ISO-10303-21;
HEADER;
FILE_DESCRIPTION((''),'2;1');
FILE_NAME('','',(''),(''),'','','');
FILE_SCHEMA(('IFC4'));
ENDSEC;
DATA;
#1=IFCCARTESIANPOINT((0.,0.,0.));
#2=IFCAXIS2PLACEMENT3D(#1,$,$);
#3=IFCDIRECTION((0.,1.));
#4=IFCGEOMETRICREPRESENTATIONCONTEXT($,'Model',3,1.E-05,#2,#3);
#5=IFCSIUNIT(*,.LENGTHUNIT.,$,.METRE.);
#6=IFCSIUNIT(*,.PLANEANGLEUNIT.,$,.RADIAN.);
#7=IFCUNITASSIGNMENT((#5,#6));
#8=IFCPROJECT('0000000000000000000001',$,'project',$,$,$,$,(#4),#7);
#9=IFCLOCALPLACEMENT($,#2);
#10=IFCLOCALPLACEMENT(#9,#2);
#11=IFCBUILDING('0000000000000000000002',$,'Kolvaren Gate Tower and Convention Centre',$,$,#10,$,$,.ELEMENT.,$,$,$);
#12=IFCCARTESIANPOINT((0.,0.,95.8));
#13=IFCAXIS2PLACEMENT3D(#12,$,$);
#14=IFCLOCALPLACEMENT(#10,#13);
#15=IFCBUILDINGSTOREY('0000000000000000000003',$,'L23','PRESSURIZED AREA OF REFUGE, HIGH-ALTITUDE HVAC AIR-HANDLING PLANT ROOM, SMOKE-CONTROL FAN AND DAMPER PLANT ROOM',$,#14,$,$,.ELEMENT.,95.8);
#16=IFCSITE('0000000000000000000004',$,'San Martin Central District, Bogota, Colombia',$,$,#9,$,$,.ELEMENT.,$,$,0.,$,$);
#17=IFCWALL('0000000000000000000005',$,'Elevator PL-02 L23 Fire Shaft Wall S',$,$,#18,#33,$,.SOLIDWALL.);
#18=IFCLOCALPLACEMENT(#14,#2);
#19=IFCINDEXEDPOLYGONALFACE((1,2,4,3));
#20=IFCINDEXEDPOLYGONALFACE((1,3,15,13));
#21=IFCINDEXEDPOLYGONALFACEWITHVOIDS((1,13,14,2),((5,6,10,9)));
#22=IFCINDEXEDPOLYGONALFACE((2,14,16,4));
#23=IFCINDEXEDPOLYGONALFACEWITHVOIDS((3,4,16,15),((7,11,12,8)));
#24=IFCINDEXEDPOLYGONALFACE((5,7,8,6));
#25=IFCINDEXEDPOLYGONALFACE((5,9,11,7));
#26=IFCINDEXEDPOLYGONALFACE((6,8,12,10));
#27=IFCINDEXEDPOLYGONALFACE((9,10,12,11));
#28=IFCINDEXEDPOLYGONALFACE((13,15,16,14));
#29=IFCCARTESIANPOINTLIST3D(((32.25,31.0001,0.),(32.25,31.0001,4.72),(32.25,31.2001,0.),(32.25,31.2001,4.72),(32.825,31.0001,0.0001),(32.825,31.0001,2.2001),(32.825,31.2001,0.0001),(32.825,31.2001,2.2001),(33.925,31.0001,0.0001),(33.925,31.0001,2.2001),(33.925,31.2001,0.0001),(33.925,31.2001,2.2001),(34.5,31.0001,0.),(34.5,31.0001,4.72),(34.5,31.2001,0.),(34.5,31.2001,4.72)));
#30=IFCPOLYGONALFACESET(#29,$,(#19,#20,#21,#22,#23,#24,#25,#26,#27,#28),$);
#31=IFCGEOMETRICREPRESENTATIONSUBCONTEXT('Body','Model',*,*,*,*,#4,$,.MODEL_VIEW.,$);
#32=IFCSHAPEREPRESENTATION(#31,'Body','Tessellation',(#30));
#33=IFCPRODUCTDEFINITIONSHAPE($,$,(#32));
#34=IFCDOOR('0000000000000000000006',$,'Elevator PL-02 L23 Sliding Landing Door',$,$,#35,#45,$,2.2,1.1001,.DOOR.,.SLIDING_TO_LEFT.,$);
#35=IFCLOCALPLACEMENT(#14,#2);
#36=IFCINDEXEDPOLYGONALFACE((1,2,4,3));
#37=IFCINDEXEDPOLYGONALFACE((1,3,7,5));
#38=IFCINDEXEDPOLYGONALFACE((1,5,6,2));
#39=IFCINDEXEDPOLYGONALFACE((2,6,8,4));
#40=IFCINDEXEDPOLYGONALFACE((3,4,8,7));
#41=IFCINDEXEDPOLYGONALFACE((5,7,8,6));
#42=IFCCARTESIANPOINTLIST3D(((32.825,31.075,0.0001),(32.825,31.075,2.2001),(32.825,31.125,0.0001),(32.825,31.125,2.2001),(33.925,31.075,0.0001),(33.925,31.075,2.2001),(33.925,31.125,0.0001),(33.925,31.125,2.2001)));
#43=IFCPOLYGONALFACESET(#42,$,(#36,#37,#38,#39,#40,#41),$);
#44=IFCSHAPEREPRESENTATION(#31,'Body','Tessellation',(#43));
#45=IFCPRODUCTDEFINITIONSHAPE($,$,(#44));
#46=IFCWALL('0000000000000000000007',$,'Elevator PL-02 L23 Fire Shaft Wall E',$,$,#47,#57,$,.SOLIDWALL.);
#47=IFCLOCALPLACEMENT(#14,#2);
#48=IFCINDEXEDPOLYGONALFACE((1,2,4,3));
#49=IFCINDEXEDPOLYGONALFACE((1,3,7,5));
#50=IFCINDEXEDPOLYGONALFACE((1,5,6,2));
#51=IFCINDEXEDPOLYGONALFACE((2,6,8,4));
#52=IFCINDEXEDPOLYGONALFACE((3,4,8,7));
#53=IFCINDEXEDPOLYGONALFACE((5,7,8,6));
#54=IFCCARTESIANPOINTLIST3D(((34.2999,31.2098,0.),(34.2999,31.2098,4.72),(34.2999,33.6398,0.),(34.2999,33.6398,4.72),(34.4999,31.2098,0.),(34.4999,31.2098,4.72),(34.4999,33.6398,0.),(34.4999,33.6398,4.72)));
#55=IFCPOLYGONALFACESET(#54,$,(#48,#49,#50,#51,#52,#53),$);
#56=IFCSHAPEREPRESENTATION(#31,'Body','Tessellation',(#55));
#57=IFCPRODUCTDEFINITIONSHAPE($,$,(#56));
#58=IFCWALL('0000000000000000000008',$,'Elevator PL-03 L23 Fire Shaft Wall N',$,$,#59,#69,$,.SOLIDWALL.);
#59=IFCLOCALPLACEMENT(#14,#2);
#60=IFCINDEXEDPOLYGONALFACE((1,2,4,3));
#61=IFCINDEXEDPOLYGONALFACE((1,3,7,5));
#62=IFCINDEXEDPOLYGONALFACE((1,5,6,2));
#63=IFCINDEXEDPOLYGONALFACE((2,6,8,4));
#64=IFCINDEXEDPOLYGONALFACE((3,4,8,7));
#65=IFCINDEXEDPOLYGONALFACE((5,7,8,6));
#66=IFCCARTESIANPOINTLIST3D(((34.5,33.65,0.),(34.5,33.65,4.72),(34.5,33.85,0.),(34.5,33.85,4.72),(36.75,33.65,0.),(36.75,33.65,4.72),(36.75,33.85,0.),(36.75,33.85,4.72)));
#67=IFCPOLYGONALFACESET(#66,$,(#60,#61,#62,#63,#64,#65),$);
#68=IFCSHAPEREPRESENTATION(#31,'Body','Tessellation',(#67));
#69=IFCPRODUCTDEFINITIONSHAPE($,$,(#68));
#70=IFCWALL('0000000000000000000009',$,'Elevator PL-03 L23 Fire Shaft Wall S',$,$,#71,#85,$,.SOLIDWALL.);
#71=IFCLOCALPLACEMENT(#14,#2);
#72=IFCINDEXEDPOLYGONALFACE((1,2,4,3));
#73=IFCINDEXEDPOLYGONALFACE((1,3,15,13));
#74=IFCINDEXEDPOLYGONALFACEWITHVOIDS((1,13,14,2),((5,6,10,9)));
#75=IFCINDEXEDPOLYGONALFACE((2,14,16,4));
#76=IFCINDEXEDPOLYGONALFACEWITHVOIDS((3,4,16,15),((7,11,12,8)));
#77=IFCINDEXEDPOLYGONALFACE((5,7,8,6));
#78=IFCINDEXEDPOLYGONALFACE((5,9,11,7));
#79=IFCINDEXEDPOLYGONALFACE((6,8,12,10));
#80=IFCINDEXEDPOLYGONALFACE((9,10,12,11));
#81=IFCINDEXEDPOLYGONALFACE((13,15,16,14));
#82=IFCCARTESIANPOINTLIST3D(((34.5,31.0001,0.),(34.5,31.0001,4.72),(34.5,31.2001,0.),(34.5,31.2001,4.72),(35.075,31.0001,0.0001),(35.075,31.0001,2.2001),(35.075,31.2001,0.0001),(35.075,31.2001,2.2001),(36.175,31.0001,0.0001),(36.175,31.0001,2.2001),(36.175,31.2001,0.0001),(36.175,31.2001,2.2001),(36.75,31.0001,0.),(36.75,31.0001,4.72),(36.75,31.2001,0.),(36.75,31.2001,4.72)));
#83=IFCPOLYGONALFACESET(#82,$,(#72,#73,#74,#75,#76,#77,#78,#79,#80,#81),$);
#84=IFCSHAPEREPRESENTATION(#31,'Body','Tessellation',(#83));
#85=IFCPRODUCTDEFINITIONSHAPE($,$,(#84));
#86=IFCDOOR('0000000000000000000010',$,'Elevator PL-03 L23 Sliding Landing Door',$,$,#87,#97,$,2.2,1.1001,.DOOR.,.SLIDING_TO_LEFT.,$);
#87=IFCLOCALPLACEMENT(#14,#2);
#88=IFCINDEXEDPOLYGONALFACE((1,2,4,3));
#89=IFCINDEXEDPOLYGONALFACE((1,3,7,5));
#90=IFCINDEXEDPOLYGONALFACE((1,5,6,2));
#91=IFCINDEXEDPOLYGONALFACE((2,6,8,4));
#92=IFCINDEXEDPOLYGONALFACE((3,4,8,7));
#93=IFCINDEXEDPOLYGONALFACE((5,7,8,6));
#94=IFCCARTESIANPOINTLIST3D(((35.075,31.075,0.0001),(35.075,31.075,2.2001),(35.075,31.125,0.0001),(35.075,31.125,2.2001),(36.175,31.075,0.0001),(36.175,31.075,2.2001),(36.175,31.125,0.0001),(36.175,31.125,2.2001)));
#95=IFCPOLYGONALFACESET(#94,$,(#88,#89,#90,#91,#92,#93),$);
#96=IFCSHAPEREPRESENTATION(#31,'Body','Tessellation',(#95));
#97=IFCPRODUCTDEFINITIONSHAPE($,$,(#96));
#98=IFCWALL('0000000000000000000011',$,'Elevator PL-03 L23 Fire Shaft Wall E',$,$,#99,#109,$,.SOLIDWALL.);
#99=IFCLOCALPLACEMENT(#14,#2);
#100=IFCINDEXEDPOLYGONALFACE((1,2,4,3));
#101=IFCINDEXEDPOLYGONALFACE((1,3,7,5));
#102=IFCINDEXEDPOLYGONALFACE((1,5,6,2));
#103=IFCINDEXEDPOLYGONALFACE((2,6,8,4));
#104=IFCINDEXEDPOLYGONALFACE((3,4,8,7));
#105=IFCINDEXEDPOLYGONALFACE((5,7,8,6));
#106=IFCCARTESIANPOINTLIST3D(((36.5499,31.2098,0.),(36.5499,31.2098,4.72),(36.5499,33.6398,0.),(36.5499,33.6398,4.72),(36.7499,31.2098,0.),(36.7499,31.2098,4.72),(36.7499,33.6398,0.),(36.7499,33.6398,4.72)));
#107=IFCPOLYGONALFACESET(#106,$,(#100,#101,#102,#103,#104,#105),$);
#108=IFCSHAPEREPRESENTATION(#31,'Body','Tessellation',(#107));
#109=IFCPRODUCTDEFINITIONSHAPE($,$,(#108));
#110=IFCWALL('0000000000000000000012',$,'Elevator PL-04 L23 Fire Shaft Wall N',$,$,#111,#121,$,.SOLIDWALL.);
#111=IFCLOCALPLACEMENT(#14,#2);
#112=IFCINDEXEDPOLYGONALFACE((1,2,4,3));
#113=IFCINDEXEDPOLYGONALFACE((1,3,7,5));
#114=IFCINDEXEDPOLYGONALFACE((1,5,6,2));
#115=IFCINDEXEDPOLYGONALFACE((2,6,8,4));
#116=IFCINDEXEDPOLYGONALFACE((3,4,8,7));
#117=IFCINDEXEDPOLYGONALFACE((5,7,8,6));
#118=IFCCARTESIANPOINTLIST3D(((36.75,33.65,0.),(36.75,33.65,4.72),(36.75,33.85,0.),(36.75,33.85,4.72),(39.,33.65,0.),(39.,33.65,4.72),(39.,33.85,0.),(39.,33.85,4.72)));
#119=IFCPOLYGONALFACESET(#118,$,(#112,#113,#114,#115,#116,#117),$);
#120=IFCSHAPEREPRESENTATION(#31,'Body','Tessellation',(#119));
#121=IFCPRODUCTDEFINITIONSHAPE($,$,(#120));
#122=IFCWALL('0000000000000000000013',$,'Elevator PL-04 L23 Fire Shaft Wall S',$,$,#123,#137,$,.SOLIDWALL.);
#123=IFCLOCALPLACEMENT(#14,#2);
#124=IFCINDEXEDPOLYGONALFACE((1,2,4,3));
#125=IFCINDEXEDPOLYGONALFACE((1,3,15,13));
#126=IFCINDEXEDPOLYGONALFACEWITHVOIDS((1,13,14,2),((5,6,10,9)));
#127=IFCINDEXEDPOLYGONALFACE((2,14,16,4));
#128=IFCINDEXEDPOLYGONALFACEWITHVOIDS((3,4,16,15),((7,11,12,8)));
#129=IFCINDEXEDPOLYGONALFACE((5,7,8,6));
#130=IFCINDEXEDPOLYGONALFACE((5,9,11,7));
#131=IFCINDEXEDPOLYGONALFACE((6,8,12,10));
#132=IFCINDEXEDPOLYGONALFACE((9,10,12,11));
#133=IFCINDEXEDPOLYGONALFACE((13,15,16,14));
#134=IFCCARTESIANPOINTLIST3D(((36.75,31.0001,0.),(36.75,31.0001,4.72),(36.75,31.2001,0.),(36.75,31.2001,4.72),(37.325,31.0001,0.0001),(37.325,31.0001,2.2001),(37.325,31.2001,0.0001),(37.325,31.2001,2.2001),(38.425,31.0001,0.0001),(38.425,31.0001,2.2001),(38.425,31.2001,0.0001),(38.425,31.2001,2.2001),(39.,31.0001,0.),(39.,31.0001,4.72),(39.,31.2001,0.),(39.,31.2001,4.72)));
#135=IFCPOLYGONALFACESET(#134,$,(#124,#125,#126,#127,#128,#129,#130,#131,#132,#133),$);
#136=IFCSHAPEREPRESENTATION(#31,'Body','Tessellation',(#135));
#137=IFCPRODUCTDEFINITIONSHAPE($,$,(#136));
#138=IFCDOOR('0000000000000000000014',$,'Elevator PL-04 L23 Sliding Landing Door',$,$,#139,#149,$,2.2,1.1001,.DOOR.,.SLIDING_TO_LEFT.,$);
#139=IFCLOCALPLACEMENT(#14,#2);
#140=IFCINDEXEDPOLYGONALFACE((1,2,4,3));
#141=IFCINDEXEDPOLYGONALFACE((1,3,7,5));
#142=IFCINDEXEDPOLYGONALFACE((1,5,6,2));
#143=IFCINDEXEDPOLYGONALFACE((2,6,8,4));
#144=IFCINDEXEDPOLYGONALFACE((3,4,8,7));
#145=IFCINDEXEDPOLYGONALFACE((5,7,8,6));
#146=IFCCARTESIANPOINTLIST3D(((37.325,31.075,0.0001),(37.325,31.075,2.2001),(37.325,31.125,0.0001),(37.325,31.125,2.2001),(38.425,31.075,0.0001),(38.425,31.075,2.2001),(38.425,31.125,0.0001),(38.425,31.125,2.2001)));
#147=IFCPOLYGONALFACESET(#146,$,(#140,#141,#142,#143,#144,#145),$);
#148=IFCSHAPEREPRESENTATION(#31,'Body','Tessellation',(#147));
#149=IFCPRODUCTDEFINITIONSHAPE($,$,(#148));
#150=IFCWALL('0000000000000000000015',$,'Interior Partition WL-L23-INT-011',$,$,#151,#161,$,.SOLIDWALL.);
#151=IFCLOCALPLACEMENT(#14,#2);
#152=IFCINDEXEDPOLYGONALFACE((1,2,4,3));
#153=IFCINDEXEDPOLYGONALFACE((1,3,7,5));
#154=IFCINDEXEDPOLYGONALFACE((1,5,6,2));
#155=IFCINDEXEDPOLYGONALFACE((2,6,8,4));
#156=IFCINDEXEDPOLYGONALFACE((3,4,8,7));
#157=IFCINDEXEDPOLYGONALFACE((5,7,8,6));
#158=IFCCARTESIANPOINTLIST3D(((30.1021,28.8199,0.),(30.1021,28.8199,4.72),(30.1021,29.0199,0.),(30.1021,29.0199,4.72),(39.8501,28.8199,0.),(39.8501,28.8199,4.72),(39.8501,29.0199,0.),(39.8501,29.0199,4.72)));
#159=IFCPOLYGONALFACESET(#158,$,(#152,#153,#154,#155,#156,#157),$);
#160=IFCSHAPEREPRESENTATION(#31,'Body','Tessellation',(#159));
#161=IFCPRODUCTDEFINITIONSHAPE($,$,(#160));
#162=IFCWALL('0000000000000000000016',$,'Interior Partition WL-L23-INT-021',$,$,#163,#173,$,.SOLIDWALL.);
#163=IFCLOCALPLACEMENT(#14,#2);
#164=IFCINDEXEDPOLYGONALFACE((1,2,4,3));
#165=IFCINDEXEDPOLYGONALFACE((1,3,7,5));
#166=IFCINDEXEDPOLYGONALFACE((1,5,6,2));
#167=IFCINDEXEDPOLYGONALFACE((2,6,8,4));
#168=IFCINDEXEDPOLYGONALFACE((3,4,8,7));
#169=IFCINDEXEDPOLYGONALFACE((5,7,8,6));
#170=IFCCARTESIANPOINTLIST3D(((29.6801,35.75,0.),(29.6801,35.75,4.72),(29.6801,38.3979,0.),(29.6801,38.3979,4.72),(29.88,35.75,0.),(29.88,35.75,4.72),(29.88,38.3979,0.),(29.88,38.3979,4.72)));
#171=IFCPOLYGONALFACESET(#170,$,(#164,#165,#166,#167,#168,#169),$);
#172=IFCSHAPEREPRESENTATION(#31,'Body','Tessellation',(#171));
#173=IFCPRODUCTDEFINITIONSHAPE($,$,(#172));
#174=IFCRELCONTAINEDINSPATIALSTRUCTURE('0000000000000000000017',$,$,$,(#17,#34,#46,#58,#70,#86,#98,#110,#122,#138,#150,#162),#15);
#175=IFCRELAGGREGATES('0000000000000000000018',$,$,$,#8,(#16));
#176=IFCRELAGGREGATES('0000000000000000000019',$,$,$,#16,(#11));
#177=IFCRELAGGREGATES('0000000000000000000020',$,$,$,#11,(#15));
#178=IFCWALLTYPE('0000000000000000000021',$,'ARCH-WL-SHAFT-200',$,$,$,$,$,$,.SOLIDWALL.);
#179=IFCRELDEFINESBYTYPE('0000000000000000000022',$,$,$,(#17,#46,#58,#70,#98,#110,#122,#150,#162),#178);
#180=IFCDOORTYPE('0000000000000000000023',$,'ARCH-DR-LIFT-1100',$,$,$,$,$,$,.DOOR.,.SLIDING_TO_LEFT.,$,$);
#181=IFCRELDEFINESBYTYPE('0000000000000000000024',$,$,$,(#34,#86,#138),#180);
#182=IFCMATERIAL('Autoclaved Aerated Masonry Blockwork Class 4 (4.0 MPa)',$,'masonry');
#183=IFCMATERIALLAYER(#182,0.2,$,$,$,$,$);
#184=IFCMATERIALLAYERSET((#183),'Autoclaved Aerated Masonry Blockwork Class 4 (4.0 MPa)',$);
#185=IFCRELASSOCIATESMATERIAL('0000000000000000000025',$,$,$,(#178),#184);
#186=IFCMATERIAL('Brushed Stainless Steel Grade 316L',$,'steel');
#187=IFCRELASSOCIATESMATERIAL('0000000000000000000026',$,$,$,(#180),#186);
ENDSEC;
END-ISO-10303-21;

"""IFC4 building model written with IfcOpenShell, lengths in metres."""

from ifc_helpers import new_model, si_unit, direction, frame, frame_2d, origin, place, context, subcontext, project, spatial, rectangle, extrude, material, layer, layer_set, type_object, element, fill, save


model = new_model("IFC4")

# Units and contexts
model_context = context("Model", 3, precision=1e-05, world=origin(), true_north=direction((0.0, 1.0)))
body_context = subcontext(model_context, "Body", "Model", "MODEL_VIEW")
ifc_project = project(units=[si_unit("LENGTHUNIT", "METRE"), si_unit("PLANEANGLEUNIT", "RADIAN")], contexts=[model_context])

# Site, building, storey
site_placement = place(None, origin())
site = spatial("IfcSite", under=ifc_project, at=site_placement, Name="San Martin Central District, Bogota, Colombia", CompositionType="ELEMENT", RefElevation=0.0)
building_placement = place(site_placement, origin())
building = spatial("IfcBuilding", under=site, at=building_placement, Name="Kolvaren Gate Tower and Convention Centre", CompositionType="ELEMENT")
storey_placement = place(building_placement, frame((0.0, 0.0, 95.8)))
storey = spatial("IfcBuildingStorey", under=building, at=storey_placement, Name="L23", Description="PRESSURIZED AREA OF REFUGE, HIGH-ALTITUDE HVAC AIR-HANDLING PLANT ROOM, SMOKE-CONTROL FAN AND DAMPER PLANT ROOM", CompositionType="ELEMENT", Elevation=95.8)

# Shared definitions
ifc_material_1 = material(Name="Autoclaved Aerated Masonry Blockwork Class 4 (4.0 MPa)", Category="masonry")
ifc_layer = layer(ifc_material_1, 0.2)
ifc_layer_set = layer_set([ifc_layer], Name="Autoclaved Aerated Masonry Blockwork Class 4 (4.0 MPa)")
wall_type = type_object("IfcWallType", Name="ARCH-WL-SHAFT-200", PredefinedType="SOLIDWALL", material=ifc_layer_set)

# Shared definitions
ifc_material_2 = material(Name="Brushed Stainless Steel Grade 316L", Category="steel")
door_type_1 = type_object("IfcDoorType", Name="ARCH-DR-LIFT-1100", OperationType="SLIDING_TO_LEFT", PredefinedType="DOOR", material=ifc_material_2)

# Wall, opening, door
wall_1_placement = place(storey_placement, frame((32.25, 31.1001, 0.0), z_axis=(0.0, 0.0, 1.0), x_axis=(1.0, 0.0, 0.0)))
wall_1 = element("IfcWall", 1, at=wall_1_placement, inside=storey, type_object=wall_type, Name="Elevator PL-02 L23 Fire Shaft Wall S", PredefinedType="SOLIDWALL", context=body_context, shape_type="SweptSolid", body=[
    extrude(rectangle(XDim=2.25, YDim=0.2, at=frame_2d((1.125, 0.0))), origin(), (0.0, 0.0, 1.0), 4.72),
])
opening_1_placement = place(wall_1_placement, frame((0.575, 0.0, 0.0)))
opening_1 = element("IfcOpeningElement", 2, at=opening_1_placement, cuts=wall_1, PredefinedType="OPENING", context=body_context, shape_type="SweptSolid", body=[
    extrude(rectangle(XDim=1.1001, YDim=2.2, at=frame_2d((0.55, 1.1001))), frame((0.0, 0.1099, 0.0), z_axis=(0.0, -1.0, 0.0), x_axis=(1.0, 0.0, 0.0)), (0.0, 0.0, 1.0), 0.22),
])
door_1_placement = place(opening_1_placement, origin())
door_1 = element("IfcDoor", 3, at=door_1_placement, inside=storey, type_object=door_type_1, Name="Elevator PL-02 L23 Sliding Landing Door", OperationType="SLIDING_TO_LEFT", OverallHeight=2.2, OverallWidth=1.1001, PredefinedType="DOOR", context=body_context, shape_type="SweptSolid", body=[
    extrude(rectangle(XDim=1.1001, YDim=2.2, at=frame_2d((0.55, 1.1001))), frame((0.0, 0.0249, 0.0), z_axis=(0.0, -1.0, 0.0), x_axis=(1.0, 0.0, 0.0)), (0.0, 0.0, 1.0), 0.05),
])
fill(opening_1, door_1)

# Walls
wall_2_placement = place(storey_placement, frame((34.3999, 31.21, 0.0), z_axis=(0.0, 0.0, 1.0), x_axis=(0.0, 1.0, 0.0)))
element("IfcWall", 4, at=wall_2_placement, inside=storey, type_object=wall_type, Name="Elevator PL-02 L23 Fire Shaft Wall E", PredefinedType="SOLIDWALL", context=body_context, shape_type="SweptSolid", body=[
    extrude(rectangle(XDim=2.4299, YDim=0.2, at=frame_2d((1.2148, 0.0))), origin(), (0.0, 0.0, 1.0), 4.72),
])
wall_3_placement = place(storey_placement, frame((34.5, 33.75, 0.0), z_axis=(0.0, 0.0, 1.0), x_axis=(1.0, 0.0, 0.0)))
element("IfcWall", 5, at=wall_3_placement, inside=storey, type_object=wall_type, Name="Elevator PL-03 L23 Fire Shaft Wall N", PredefinedType="SOLIDWALL", context=body_context, shape_type="SweptSolid", body=[
    extrude(rectangle(XDim=2.25, YDim=0.2, at=frame_2d((1.125, 0.0))), origin(), (0.0, 0.0, 1.0), 4.72),
])

# Wall, opening, door
wall_4_placement = place(storey_placement, frame((34.5, 31.1001, 0.0), z_axis=(0.0, 0.0, 1.0), x_axis=(1.0, 0.0, 0.0)))
wall_4 = element("IfcWall", 6, at=wall_4_placement, inside=storey, type_object=wall_type, Name="Elevator PL-03 L23 Fire Shaft Wall S", PredefinedType="SOLIDWALL", context=body_context, shape_type="SweptSolid", body=[
    extrude(rectangle(XDim=2.25, YDim=0.2, at=frame_2d((1.125, 0.0))), origin(), (0.0, 0.0, 1.0), 4.72),
])
opening_2_placement = place(wall_4_placement, frame((0.575, 0.0, 0.0)))
opening_2 = element("IfcOpeningElement", 7, at=opening_2_placement, cuts=wall_4, PredefinedType="OPENING", context=body_context, shape_type="SweptSolid", body=[
    extrude(rectangle(XDim=1.1001, YDim=2.2, at=frame_2d((0.55, 1.1001))), frame((0.0, 0.1099, 0.0), z_axis=(0.0, -1.0, 0.0), x_axis=(1.0, 0.0, 0.0)), (0.0, 0.0, 1.0), 0.22),
])
door_2_placement = place(opening_2_placement, origin())
door_2 = element("IfcDoor", 8, at=door_2_placement, inside=storey, type_object=door_type_1, Name="Elevator PL-03 L23 Sliding Landing Door", OperationType="SLIDING_TO_LEFT", OverallHeight=2.2, OverallWidth=1.1001, PredefinedType="DOOR", context=body_context, shape_type="SweptSolid", body=[
    extrude(rectangle(XDim=1.1001, YDim=2.2, at=frame_2d((0.55, 1.1001))), frame((0.0, 0.0249, 0.0), z_axis=(0.0, -1.0, 0.0), x_axis=(1.0, 0.0, 0.0)), (0.0, 0.0, 1.0), 0.05),
])
fill(opening_2, door_2)

# Walls
wall_5_placement = place(storey_placement, frame((36.6499, 31.21, 0.0), z_axis=(0.0, 0.0, 1.0), x_axis=(0.0, 1.0, 0.0)))
element("IfcWall", 9, at=wall_5_placement, inside=storey, type_object=wall_type, Name="Elevator PL-03 L23 Fire Shaft Wall E", PredefinedType="SOLIDWALL", context=body_context, shape_type="SweptSolid", body=[
    extrude(rectangle(XDim=2.4299, YDim=0.2, at=frame_2d((1.2148, 0.0))), origin(), (0.0, 0.0, 1.0), 4.72),
])
wall_6_placement = place(storey_placement, frame((36.75, 33.75, 0.0), z_axis=(0.0, 0.0, 1.0), x_axis=(1.0, 0.0, 0.0)))
element("IfcWall", 10, at=wall_6_placement, inside=storey, type_object=wall_type, Name="Elevator PL-04 L23 Fire Shaft Wall N", PredefinedType="SOLIDWALL", context=body_context, shape_type="SweptSolid", body=[
    extrude(rectangle(XDim=2.25, YDim=0.2, at=frame_2d((1.125, 0.0))), origin(), (0.0, 0.0, 1.0), 4.72),
])

# Wall, opening, door
wall_7_placement = place(storey_placement, frame((36.75, 31.1001, 0.0), z_axis=(0.0, 0.0, 1.0), x_axis=(1.0, 0.0, 0.0)))
wall_7 = element("IfcWall", 11, at=wall_7_placement, inside=storey, type_object=wall_type, Name="Elevator PL-04 L23 Fire Shaft Wall S", PredefinedType="SOLIDWALL", context=body_context, shape_type="SweptSolid", body=[
    extrude(rectangle(XDim=2.25, YDim=0.2, at=frame_2d((1.125, 0.0))), origin(), (0.0, 0.0, 1.0), 4.72),
])
opening_3_placement = place(wall_7_placement, frame((0.575, 0.0, 0.0)))
opening_3 = element("IfcOpeningElement", 12, at=opening_3_placement, cuts=wall_7, PredefinedType="OPENING", context=body_context, shape_type="SweptSolid", body=[
    extrude(rectangle(XDim=1.1001, YDim=2.2, at=frame_2d((0.55, 1.1001))), frame((0.0, 0.1099, 0.0), z_axis=(0.0, -1.0, 0.0), x_axis=(1.0, 0.0, 0.0)), (0.0, 0.0, 1.0), 0.22),
])
door_3_placement = place(opening_3_placement, origin())
door_3 = element("IfcDoor", 13, at=door_3_placement, inside=storey, type_object=door_type_1, Name="Elevator PL-04 L23 Sliding Landing Door", OperationType="SLIDING_TO_LEFT", OverallHeight=2.2, OverallWidth=1.1001, PredefinedType="DOOR", context=body_context, shape_type="SweptSolid", body=[
    extrude(rectangle(XDim=1.1001, YDim=2.2, at=frame_2d((0.55, 1.1001))), frame((0.0, 0.0249, 0.0), z_axis=(0.0, -1.0, 0.0), x_axis=(1.0, 0.0, 0.0)), (0.0, 0.0, 1.0), 0.05),
])
fill(opening_3, door_3)

# Walls
wall_8_placement = place(storey_placement, frame((30.1021, 28.9199, 0.0), z_axis=(0.0, 0.0, 1.0), x_axis=(1.0, 0.0, 0.0)))
element("IfcWall", 14, at=wall_8_placement, inside=storey, type_object=wall_type, Name="Interior Partition WL-L23-INT-011", PredefinedType="SOLIDWALL", context=body_context, shape_type="SweptSolid", body=[
    extrude(rectangle(XDim=9.748, YDim=0.2, at=frame_2d((4.874, 0.0))), origin(), (0.0, 0.0, 1.0), 4.72),
])
wall_9_placement = place(storey_placement, frame((29.78, 35.75, 0.0), z_axis=(0.0, 0.0, 1.0), x_axis=(0.0, 1.0, 0.0)))
element("IfcWall", 15, at=wall_9_placement, inside=storey, type_object=wall_type, Name="Interior Partition WL-L23-INT-021", PredefinedType="SOLIDWALL", context=body_context, shape_type="SweptSolid", body=[
    extrude(rectangle(XDim=2.6479, YDim=0.2, at=frame_2d((1.324, 0.0))), origin(), (0.0, 0.0, 1.0), 4.72),
])

save(model, "model.ifc")
